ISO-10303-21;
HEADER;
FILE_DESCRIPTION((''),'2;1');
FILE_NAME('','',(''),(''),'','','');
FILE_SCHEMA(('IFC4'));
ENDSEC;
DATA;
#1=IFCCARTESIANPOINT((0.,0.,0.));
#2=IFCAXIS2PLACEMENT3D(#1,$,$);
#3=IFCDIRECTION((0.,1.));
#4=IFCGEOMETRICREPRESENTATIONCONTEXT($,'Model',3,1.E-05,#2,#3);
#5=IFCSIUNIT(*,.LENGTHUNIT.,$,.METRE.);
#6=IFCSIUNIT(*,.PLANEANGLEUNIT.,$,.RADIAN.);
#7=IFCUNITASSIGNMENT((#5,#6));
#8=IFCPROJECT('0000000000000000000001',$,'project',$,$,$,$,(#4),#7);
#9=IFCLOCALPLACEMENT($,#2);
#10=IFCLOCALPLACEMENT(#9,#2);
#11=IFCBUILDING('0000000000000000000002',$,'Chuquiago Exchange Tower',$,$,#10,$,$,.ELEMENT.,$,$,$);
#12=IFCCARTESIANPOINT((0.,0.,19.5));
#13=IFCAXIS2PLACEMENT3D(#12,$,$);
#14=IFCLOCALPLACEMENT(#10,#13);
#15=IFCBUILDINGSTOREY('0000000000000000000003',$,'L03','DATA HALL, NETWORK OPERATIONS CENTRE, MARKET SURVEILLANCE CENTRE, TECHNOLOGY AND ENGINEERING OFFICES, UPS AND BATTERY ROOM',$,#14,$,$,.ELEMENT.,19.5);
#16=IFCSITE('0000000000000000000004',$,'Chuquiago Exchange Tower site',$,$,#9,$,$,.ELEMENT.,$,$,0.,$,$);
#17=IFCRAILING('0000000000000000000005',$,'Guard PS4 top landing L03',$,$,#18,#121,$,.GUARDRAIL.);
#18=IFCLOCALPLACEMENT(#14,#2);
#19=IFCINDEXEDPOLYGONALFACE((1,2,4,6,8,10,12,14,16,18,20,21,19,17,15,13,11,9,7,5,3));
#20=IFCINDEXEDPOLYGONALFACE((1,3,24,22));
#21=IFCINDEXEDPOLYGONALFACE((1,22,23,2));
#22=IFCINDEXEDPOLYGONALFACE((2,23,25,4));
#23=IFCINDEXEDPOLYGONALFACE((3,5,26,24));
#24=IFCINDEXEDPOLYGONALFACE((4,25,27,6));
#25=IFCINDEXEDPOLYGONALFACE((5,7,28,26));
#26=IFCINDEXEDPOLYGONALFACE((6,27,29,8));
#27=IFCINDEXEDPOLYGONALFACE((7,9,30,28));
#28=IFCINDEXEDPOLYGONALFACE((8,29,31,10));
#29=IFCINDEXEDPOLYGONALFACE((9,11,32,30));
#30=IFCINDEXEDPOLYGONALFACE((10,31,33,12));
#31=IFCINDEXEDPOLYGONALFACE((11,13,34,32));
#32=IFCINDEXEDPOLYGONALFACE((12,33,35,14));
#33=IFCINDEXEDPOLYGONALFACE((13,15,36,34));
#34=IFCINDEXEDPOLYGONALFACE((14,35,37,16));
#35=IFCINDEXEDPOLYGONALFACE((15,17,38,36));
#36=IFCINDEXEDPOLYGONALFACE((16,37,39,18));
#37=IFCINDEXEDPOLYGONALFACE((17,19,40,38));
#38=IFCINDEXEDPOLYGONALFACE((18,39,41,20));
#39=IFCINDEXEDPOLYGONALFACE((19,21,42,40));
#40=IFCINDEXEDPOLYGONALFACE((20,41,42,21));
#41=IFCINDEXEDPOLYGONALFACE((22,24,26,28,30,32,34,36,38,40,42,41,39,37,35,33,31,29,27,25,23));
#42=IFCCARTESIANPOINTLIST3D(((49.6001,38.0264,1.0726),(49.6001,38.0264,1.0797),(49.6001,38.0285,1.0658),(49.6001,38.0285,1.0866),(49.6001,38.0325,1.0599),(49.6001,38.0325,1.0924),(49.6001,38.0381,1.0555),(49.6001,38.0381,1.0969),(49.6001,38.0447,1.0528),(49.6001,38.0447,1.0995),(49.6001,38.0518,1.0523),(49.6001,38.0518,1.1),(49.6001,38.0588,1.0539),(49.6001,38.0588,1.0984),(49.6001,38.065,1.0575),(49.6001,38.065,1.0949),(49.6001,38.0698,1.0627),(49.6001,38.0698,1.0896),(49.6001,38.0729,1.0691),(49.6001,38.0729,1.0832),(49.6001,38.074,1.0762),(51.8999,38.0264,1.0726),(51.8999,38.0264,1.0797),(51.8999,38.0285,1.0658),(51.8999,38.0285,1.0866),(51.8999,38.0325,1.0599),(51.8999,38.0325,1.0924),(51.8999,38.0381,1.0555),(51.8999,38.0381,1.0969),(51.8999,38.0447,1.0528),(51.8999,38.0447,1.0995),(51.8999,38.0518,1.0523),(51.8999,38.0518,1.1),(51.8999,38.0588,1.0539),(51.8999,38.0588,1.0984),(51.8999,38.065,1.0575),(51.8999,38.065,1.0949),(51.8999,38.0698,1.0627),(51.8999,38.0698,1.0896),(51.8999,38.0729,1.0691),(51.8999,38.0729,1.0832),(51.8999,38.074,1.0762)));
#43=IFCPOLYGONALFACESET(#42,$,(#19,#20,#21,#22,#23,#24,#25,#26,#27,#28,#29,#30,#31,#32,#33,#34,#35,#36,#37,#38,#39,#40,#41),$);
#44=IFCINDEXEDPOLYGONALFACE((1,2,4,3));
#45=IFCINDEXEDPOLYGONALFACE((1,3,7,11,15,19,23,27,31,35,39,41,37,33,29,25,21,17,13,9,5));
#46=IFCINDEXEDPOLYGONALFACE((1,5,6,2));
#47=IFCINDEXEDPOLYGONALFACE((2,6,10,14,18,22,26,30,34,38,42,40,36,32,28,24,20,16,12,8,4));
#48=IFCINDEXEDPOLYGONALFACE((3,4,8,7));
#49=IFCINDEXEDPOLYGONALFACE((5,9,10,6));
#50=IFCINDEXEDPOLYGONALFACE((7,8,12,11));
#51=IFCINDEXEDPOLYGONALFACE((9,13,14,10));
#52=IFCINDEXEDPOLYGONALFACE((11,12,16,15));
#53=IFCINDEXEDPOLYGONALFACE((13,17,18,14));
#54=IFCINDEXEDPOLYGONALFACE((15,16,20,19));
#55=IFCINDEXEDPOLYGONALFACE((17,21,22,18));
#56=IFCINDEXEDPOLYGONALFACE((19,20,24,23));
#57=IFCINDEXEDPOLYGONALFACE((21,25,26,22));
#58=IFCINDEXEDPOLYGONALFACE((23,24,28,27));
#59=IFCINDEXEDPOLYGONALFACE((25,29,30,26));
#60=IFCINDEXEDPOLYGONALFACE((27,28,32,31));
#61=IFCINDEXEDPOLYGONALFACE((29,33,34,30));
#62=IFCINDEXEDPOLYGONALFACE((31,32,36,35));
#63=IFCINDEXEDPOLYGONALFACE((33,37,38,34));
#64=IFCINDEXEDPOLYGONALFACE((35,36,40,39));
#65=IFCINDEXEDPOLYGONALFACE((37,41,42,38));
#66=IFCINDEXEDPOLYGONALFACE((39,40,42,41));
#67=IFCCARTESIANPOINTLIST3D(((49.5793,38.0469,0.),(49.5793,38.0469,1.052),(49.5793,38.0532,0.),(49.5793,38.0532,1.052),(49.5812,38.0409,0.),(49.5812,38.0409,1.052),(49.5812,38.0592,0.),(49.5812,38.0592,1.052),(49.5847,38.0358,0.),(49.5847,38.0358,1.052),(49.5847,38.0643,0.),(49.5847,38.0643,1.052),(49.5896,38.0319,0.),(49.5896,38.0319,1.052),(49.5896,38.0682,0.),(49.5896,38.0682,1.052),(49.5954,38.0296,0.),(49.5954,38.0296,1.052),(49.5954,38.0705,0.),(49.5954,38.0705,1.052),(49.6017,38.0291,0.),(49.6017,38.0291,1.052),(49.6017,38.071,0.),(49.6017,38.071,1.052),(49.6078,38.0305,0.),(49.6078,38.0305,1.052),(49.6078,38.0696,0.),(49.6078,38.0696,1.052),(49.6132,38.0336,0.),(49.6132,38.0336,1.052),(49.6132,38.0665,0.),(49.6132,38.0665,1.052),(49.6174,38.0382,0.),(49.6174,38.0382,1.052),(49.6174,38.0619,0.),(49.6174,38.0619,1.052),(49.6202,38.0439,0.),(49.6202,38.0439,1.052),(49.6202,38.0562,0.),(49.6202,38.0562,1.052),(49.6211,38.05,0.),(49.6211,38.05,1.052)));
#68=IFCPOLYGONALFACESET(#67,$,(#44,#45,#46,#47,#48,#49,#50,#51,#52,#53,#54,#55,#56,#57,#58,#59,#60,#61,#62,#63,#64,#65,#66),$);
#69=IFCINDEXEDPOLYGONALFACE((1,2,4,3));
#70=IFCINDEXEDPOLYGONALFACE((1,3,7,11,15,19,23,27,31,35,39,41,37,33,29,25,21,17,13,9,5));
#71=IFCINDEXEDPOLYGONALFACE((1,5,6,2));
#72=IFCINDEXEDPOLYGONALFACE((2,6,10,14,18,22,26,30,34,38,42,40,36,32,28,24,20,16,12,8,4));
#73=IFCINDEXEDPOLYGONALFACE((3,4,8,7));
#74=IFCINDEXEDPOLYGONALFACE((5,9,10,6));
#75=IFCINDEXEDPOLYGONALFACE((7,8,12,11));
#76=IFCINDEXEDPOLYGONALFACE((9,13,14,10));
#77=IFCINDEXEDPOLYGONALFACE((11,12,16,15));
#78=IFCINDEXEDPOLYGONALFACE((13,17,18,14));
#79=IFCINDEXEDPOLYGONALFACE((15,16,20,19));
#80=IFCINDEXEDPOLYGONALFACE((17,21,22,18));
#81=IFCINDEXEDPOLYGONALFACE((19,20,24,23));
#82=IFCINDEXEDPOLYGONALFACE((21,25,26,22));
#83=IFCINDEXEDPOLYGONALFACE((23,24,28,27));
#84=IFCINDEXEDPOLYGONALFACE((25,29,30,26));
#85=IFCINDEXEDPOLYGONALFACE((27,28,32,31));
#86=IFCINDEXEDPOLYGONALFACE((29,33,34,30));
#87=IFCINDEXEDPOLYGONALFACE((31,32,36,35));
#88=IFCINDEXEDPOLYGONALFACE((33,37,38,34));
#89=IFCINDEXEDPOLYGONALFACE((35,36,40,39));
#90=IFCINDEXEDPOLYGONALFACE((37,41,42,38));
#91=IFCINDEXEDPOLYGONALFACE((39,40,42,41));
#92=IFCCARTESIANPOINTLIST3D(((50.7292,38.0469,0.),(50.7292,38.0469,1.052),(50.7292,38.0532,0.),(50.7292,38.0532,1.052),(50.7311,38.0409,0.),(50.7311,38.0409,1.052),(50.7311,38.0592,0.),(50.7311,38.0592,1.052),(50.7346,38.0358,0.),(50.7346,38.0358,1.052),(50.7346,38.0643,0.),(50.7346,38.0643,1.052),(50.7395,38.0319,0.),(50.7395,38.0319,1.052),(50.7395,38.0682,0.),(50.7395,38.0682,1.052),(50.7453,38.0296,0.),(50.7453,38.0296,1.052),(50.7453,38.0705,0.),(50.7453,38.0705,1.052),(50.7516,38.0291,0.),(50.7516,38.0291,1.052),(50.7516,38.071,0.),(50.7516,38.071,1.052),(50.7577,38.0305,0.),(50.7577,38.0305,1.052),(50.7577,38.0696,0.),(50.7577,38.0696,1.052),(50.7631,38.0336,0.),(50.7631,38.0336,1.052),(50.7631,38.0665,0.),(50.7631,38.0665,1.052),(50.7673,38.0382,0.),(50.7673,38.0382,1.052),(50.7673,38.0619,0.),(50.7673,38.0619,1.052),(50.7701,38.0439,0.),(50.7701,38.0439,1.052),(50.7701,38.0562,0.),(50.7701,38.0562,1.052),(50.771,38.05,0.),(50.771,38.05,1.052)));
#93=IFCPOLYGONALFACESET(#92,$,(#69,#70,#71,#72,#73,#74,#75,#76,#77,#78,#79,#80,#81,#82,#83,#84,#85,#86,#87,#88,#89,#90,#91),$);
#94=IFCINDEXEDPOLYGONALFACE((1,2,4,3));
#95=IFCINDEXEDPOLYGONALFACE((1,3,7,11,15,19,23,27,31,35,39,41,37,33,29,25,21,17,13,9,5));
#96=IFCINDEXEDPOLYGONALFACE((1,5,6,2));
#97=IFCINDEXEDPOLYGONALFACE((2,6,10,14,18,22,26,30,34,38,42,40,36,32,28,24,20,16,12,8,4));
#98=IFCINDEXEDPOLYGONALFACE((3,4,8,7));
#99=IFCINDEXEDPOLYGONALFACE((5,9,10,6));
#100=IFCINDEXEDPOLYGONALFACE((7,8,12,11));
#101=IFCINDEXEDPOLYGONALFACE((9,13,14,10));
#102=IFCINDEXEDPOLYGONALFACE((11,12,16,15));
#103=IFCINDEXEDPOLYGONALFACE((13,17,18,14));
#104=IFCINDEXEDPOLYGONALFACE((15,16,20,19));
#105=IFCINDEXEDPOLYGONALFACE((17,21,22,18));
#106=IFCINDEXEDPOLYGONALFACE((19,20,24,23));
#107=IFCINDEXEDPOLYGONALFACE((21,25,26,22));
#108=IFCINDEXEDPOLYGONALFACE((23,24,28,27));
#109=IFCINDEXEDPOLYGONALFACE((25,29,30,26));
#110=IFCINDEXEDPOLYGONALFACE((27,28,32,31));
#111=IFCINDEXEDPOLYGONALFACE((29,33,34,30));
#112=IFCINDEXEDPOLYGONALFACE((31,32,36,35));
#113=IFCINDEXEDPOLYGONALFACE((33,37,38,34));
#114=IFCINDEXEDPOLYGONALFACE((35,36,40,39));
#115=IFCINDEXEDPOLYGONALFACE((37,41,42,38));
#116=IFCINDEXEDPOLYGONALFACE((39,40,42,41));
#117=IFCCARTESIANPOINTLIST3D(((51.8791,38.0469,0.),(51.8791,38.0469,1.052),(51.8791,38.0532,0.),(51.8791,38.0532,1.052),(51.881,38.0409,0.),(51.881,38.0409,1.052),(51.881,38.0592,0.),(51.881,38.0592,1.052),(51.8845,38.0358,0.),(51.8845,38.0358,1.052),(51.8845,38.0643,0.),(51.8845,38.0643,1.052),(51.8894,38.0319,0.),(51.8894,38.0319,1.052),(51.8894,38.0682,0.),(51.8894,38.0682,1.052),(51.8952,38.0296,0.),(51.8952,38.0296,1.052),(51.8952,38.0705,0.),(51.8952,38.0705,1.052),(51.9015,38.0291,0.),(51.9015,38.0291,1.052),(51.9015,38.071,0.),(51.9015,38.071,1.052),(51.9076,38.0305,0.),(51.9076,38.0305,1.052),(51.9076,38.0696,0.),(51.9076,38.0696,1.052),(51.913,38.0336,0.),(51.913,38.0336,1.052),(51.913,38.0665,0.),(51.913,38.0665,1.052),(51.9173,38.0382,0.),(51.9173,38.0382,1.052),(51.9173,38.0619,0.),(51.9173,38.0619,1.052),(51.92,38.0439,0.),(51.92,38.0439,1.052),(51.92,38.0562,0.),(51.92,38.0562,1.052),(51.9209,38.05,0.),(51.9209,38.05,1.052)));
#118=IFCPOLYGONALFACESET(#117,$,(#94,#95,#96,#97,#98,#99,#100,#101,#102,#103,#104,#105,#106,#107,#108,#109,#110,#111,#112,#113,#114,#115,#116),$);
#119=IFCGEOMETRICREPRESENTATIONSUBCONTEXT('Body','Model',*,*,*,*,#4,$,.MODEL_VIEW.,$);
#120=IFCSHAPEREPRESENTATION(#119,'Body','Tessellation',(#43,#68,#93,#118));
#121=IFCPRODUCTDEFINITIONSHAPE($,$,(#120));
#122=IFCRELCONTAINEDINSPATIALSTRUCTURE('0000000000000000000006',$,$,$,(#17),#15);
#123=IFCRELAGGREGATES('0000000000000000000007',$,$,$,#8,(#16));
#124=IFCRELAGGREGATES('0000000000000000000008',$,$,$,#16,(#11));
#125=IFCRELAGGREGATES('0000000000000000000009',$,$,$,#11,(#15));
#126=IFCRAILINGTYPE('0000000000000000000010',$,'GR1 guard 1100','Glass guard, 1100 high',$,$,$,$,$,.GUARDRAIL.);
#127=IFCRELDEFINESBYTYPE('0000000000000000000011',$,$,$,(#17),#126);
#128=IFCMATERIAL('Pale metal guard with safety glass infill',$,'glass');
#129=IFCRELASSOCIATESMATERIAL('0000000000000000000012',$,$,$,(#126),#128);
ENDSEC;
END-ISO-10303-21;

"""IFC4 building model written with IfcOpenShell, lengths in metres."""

from ifc_helpers import new_model, si_unit, direction, frame, origin, origin_2d, place, context, subcontext, project, spatial, circle, extrude, material, type_object, element, save


model = new_model("IFC4")

# Units and contexts
model_context = context("Model", 3, precision=1e-05, world=origin(), true_north=direction((0.0, 1.0)))
body_context = subcontext(model_context, "Body", "Model", "MODEL_VIEW")
ifc_project = project(units=[si_unit("LENGTHUNIT", "METRE"), si_unit("PLANEANGLEUNIT", "RADIAN")], contexts=[model_context])

# Site, building, storey
site_placement = place(None, origin())
site = spatial("IfcSite", under=ifc_project, at=site_placement, Name="Chuquiago Exchange Tower site", CompositionType="ELEMENT", RefElevation=0.0)
building_placement = place(site_placement, origin())
building = spatial("IfcBuilding", under=site, at=building_placement, Name="Chuquiago Exchange Tower", CompositionType="ELEMENT")
storey_placement = place(building_placement, frame((0.0, 0.0, 19.5)))
storey = spatial("IfcBuildingStorey", under=building, at=storey_placement, Name="L03", Description="DATA HALL, NETWORK OPERATIONS CENTRE, MARKET SURVEILLANCE CENTRE, TECHNOLOGY AND ENGINEERING OFFICES, UPS AND BATTERY ROOM", CompositionType="ELEMENT", Elevation=19.5)

# Railing
ifc_material_1 = material(Name="Pale metal guard with safety glass infill", Category="glass")
railing_type = type_object("IfcRailingType", Name="GR1 guard 1100", Description="Glass guard, 1100 high", PredefinedType="GUARDRAIL", material=ifc_material_1)
railing_placement = place(storey_placement, frame((49.6001, 38.05, 0.0)))
element("IfcRailing", 1, at=railing_placement, inside=storey, type_object=railing_type, Name="Guard PS4 top landing L03", PredefinedType="GUARDRAIL", context=body_context, shape_type="SweptSolid", body=[
    extrude(circle(Radius=0.0239, at=origin_2d()), frame((0.0, 0.0, 1.0762), z_axis=(1.0, 0.0, 0.0), x_axis=(0.0, 1.0, 0.0)), (0.0, 0.0, 1.0), 2.2998),
    extrude(circle(Radius=0.021, at=origin_2d()), origin(), (0.0, 0.0, 1.0), 1.052),
    extrude(circle(Radius=0.021, at=origin_2d()), frame((1.1499, 0.0, 0.0)), (0.0, 0.0, 1.0), 1.052),
    extrude(circle(Radius=0.021, at=origin_2d()), frame((2.2998, 0.0, 0.0)), (0.0, 0.0, 1.0), 1.052),
])

save(model, "model.ifc")
